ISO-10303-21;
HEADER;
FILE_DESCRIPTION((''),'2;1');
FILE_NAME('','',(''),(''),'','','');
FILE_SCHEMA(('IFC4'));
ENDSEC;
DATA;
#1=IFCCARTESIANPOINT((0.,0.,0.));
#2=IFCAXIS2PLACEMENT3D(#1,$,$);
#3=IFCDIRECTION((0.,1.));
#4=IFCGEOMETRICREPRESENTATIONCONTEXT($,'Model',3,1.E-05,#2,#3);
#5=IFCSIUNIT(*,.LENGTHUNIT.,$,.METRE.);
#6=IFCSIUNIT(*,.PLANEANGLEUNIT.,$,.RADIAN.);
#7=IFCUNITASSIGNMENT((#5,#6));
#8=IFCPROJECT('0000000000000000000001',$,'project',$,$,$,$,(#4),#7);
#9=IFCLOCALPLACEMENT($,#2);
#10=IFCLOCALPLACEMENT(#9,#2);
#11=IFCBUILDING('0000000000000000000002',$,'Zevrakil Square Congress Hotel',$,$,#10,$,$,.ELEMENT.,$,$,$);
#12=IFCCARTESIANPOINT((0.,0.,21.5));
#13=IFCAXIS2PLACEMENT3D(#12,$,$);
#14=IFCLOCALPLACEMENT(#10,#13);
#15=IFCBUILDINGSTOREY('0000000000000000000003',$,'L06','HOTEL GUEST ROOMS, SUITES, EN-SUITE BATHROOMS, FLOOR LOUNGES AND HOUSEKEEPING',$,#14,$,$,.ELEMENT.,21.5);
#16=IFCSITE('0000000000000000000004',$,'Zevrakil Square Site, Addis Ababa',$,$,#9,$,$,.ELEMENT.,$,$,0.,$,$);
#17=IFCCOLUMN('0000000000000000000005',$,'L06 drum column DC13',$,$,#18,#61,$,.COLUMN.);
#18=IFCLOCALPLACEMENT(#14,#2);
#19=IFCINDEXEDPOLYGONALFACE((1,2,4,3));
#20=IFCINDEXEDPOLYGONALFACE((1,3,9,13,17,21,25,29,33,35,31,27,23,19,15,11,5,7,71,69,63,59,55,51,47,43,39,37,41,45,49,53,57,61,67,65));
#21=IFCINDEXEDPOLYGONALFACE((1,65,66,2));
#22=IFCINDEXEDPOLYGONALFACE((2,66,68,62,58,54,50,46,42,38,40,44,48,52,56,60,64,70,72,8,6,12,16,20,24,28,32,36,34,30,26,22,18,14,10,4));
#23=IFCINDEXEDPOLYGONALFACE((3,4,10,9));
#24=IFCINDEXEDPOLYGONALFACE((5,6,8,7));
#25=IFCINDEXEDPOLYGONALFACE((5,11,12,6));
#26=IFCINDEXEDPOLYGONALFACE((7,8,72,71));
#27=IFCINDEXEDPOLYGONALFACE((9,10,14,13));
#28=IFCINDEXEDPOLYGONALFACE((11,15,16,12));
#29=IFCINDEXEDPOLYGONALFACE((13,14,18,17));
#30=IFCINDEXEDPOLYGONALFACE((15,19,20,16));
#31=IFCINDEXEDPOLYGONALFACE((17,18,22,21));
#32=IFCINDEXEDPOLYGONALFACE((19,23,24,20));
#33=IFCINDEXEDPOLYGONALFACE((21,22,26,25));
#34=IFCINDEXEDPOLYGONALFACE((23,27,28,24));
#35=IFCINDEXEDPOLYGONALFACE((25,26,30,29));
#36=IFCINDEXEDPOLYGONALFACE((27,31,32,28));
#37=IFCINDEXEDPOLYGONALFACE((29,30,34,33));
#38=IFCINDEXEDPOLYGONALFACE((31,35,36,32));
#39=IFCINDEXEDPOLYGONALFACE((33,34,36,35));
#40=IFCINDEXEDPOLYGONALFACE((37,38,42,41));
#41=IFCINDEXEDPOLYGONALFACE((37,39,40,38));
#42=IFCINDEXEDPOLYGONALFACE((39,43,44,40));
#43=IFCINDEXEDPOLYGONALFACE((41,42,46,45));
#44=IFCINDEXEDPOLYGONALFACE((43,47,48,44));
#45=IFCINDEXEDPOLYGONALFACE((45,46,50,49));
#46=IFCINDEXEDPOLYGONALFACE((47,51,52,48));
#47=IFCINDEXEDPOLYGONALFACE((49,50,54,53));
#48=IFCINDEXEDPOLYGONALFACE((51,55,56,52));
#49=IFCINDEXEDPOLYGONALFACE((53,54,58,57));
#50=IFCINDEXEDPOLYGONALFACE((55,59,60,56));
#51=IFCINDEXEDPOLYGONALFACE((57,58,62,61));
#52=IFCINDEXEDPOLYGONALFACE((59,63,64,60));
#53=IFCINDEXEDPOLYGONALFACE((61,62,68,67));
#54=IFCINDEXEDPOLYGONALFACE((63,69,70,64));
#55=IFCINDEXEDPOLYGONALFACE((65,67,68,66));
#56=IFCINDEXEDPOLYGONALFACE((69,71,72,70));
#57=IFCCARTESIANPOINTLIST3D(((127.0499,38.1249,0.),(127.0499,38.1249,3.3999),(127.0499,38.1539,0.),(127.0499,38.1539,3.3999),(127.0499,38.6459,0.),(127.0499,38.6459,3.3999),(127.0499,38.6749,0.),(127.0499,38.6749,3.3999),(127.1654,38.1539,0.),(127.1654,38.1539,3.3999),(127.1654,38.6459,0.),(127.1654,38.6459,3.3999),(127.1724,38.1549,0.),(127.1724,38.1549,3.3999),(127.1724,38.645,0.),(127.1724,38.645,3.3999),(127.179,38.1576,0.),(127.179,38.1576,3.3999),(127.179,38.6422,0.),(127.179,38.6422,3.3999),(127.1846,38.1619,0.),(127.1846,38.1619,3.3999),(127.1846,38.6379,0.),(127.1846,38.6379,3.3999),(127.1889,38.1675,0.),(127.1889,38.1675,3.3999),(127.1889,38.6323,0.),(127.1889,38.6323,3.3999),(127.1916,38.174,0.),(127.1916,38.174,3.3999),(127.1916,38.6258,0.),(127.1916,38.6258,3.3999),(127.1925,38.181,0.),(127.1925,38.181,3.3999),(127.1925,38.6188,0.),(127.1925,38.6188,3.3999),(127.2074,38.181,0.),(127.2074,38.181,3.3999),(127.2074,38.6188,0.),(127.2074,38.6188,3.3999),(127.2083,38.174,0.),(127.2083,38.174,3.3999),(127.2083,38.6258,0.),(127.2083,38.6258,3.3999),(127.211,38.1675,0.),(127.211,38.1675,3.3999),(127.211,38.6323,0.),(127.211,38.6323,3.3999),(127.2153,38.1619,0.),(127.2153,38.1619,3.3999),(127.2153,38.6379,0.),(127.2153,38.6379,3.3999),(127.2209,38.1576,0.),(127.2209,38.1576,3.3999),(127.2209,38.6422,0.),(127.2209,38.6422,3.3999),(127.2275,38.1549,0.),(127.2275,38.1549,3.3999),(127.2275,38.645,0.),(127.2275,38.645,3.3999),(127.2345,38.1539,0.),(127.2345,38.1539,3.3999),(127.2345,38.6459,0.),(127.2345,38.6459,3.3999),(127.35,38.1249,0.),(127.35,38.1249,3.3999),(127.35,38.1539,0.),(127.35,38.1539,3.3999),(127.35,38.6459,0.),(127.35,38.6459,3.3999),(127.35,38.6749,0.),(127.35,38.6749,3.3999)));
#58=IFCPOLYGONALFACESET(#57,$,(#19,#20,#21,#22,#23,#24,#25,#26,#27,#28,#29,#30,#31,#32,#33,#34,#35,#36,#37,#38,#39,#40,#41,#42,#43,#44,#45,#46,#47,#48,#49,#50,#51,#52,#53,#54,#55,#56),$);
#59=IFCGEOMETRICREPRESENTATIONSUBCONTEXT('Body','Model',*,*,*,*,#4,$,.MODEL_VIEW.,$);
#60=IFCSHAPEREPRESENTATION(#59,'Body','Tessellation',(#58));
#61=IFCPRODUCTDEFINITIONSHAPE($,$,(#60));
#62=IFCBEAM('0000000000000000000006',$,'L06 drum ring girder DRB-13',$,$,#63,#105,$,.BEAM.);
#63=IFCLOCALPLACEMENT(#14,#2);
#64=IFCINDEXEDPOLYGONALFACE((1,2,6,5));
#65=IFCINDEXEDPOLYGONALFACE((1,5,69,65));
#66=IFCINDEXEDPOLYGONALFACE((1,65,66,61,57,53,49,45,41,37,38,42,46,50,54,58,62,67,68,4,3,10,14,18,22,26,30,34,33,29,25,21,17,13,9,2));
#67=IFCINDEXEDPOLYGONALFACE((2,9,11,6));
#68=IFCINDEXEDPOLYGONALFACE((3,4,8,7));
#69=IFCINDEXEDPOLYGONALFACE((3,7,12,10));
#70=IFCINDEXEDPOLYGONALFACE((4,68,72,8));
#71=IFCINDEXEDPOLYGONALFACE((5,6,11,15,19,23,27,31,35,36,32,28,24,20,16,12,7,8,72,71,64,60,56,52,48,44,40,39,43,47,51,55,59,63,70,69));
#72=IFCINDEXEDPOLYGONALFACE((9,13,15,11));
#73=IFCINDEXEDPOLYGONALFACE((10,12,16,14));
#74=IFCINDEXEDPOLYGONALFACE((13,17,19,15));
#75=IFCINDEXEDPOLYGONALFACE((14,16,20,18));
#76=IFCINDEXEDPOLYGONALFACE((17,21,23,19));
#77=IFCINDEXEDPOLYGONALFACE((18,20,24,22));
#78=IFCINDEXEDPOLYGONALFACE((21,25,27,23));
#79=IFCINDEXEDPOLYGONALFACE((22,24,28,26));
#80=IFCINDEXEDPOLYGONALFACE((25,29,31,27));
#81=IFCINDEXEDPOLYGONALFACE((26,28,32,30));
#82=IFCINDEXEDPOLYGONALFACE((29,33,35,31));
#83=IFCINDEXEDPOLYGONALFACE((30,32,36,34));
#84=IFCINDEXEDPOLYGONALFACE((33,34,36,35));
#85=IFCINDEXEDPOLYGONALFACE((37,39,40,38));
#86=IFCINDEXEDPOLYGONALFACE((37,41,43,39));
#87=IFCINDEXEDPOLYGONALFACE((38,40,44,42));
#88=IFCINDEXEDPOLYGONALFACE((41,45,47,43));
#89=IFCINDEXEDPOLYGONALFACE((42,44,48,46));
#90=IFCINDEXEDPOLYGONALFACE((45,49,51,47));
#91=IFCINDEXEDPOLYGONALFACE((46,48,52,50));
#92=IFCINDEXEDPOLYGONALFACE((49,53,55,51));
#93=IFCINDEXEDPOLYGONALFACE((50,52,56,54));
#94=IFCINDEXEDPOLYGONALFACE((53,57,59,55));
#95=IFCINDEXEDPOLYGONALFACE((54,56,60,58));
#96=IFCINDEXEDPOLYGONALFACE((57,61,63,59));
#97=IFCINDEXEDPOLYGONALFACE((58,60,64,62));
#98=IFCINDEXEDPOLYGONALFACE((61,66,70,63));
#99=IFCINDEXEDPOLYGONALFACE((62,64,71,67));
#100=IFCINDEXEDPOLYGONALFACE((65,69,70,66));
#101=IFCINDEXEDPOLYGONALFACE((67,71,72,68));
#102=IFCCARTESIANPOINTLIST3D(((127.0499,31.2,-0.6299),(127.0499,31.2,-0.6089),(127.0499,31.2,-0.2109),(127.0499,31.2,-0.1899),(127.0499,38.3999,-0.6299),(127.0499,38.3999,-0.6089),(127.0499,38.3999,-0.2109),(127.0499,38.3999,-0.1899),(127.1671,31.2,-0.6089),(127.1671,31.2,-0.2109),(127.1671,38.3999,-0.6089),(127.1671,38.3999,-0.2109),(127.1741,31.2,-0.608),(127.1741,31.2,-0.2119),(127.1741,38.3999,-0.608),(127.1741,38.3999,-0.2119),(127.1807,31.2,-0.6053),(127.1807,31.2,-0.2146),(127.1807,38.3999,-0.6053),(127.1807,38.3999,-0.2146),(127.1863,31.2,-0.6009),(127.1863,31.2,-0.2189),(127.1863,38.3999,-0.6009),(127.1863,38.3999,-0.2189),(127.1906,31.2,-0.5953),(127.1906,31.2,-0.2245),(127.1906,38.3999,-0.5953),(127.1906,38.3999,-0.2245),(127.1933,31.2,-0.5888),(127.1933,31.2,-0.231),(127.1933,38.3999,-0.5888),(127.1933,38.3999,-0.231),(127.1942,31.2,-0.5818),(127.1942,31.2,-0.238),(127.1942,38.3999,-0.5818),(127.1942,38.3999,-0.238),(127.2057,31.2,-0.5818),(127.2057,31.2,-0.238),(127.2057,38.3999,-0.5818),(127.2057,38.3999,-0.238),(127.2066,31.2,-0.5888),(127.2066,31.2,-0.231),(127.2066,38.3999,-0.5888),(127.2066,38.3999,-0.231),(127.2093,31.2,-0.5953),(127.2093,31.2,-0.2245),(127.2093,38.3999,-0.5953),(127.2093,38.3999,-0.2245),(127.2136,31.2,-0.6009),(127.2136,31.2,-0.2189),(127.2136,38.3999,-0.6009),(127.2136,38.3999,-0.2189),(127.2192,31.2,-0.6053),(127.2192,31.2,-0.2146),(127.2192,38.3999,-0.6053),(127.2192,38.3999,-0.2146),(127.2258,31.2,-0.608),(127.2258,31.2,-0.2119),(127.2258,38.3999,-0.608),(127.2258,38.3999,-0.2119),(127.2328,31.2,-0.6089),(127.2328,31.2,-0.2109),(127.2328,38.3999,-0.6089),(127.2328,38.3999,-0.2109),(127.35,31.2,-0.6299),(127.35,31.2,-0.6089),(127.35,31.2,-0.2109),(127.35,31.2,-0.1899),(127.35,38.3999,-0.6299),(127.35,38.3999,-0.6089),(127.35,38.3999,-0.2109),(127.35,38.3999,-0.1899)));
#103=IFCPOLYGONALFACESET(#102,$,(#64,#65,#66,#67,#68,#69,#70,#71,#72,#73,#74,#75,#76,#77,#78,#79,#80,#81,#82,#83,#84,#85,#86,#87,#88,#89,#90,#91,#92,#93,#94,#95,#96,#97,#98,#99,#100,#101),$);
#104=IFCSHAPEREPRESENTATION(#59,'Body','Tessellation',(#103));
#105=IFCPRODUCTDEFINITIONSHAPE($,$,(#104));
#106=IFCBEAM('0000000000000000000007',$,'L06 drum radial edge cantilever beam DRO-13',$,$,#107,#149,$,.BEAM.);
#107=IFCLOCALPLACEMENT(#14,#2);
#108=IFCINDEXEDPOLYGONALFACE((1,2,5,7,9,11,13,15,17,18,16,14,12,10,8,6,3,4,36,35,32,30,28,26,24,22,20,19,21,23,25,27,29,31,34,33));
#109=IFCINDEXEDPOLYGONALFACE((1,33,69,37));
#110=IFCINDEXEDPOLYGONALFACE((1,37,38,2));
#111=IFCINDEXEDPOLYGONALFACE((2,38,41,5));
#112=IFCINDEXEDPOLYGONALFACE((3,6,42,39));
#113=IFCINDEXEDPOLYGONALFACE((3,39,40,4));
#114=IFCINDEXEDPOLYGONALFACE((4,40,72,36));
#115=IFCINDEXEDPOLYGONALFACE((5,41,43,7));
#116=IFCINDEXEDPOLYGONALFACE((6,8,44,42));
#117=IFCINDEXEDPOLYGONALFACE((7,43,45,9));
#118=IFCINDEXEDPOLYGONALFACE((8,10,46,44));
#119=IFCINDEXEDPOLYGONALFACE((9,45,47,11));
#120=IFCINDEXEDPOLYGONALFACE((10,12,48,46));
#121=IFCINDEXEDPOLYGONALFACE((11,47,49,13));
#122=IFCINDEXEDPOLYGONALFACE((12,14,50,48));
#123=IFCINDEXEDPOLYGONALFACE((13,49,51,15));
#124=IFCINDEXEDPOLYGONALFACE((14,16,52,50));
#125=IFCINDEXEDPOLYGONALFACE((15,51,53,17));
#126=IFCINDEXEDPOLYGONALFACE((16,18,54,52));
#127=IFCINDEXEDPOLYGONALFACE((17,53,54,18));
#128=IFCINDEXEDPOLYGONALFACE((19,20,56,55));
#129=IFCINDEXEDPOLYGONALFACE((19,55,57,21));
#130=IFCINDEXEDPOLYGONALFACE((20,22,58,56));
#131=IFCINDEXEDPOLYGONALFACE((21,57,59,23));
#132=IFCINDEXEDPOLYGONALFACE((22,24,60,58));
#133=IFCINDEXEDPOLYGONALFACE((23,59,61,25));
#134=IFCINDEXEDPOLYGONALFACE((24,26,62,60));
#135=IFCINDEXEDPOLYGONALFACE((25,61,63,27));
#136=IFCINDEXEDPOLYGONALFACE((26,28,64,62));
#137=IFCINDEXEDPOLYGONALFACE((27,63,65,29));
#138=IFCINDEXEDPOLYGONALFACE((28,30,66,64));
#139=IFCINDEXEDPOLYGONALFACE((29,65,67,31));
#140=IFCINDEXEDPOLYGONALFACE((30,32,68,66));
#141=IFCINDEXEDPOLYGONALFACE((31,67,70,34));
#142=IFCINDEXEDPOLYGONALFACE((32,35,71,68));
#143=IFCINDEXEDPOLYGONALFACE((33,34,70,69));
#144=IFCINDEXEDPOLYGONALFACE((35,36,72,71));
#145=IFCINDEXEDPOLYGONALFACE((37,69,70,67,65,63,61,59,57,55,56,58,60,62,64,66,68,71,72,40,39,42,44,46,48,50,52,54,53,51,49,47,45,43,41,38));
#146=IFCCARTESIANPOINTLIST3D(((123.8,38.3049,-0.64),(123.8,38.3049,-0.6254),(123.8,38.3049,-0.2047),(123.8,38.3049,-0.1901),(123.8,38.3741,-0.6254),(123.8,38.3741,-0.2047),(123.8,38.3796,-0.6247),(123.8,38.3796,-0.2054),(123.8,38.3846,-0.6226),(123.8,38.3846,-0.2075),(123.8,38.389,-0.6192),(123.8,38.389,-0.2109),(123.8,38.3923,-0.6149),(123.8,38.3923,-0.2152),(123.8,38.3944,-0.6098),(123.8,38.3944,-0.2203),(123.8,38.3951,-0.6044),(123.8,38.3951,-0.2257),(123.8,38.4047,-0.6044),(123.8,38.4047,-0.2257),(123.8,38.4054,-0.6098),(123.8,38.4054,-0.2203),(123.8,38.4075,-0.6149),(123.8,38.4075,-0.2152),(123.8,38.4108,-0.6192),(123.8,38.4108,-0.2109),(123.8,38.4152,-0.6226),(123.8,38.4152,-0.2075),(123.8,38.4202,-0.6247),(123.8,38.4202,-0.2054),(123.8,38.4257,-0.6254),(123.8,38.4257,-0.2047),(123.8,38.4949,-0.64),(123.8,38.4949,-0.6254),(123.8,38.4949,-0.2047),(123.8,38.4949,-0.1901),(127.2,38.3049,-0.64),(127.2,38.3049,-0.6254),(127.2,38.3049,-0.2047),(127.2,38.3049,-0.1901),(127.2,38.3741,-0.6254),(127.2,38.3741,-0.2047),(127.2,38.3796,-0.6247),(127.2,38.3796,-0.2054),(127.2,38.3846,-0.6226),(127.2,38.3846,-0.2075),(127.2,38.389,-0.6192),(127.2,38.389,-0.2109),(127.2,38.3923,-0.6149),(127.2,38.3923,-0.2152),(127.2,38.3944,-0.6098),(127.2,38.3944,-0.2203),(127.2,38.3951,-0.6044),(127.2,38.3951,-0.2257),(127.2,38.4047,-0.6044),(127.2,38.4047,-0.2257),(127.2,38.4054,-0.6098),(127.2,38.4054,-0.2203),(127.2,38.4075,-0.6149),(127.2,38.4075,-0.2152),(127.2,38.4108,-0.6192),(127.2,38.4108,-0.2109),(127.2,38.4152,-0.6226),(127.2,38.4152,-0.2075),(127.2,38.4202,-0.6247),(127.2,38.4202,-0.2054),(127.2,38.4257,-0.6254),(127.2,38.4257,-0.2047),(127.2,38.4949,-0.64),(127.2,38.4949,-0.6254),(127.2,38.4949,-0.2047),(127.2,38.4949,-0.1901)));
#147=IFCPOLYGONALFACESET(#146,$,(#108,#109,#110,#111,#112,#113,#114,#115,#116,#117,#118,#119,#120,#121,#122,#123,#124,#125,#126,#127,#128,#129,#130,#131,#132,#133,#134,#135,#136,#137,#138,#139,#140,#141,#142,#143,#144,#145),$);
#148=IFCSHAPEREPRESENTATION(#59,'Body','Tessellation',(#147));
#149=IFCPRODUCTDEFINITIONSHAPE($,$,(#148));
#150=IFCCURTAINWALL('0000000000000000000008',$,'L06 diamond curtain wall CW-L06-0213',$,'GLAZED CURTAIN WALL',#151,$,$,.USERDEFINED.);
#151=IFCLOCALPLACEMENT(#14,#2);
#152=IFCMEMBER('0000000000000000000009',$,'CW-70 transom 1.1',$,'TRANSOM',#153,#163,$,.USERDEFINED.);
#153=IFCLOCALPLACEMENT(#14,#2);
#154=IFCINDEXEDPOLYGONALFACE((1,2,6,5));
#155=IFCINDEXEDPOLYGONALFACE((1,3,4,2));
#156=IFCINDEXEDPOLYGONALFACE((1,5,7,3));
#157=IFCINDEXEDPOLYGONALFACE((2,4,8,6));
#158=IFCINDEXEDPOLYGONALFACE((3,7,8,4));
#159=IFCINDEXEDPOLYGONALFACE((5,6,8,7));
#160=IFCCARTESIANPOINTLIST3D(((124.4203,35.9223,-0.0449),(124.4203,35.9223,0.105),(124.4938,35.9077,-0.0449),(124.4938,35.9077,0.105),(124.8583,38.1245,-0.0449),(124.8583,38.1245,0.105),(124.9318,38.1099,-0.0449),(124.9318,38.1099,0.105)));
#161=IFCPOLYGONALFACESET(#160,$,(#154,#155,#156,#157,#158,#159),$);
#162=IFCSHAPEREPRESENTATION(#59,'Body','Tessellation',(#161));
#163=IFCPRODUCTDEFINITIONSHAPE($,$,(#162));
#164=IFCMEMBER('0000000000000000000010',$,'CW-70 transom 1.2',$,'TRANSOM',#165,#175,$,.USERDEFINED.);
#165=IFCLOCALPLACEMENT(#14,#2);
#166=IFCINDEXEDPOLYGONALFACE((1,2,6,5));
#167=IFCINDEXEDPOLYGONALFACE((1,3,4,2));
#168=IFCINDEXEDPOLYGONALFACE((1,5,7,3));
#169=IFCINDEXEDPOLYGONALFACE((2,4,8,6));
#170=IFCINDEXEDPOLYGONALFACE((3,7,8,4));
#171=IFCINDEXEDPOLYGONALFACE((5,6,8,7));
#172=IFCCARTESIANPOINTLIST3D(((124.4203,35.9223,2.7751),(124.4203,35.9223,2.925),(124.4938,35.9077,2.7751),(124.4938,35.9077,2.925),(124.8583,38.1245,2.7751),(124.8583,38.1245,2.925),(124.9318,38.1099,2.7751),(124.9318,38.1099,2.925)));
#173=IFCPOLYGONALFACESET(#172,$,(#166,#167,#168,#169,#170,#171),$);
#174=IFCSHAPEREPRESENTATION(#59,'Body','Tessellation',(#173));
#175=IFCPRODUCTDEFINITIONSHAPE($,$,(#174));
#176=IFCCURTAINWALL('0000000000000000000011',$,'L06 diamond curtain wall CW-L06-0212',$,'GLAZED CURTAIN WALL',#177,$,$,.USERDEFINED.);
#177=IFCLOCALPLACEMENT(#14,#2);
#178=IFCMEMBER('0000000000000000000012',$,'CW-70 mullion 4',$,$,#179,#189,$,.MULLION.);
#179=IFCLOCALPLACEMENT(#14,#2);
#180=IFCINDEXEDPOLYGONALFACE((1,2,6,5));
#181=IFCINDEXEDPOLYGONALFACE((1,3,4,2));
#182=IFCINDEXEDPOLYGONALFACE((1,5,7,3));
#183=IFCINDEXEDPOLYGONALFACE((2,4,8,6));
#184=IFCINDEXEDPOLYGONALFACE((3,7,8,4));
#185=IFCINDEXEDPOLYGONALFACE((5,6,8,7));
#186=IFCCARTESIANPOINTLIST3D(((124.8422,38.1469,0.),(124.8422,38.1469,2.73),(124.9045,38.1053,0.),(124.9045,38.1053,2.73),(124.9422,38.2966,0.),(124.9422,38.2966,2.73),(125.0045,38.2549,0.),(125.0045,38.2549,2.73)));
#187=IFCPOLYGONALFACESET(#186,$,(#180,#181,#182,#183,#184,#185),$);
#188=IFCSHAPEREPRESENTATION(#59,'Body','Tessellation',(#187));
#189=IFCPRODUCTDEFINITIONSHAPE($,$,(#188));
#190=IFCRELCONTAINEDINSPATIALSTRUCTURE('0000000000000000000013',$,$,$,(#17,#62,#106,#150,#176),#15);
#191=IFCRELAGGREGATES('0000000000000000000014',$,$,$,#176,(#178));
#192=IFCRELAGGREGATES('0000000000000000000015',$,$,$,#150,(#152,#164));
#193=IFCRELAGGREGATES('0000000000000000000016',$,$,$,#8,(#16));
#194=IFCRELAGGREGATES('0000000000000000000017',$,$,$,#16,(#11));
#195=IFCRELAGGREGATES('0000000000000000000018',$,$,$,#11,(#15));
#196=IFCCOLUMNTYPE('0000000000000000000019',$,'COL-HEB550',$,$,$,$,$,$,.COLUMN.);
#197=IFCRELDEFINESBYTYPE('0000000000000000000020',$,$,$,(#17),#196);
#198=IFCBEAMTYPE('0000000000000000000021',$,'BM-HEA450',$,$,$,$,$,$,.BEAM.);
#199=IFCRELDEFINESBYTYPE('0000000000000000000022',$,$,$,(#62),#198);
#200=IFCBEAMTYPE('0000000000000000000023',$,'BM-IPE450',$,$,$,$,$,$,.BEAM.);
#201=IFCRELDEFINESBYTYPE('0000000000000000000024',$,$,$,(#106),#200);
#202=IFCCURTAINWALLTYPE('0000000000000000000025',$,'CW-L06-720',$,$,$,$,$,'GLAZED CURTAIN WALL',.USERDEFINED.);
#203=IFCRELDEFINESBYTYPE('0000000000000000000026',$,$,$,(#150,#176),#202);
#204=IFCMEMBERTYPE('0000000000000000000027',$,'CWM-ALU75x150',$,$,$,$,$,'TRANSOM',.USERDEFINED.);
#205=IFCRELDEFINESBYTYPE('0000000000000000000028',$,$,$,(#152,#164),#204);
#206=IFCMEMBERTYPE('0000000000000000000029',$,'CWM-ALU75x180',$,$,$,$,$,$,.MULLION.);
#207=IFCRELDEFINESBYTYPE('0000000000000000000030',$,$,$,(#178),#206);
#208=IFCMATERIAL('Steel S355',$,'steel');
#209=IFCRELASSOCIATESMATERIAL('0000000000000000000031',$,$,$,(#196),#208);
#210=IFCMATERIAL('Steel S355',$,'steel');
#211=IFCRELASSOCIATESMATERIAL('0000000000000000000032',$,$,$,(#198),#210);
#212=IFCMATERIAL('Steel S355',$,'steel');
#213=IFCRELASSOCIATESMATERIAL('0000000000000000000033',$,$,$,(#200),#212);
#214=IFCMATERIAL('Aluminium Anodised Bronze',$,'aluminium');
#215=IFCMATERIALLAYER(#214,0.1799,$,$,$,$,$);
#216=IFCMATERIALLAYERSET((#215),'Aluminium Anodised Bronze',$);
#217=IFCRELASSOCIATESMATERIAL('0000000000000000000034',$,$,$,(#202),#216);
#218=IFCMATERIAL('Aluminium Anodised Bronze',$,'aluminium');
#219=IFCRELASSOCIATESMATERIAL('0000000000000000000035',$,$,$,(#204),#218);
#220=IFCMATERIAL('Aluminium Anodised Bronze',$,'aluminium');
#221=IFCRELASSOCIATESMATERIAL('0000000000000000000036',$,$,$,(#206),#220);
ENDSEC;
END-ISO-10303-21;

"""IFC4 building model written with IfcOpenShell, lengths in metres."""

from ifc_helpers import new_model, si_unit, direction, frame, origin, origin_2d, place, context, subcontext, project, spatial, rectangle, i_section, extrude, material, layer, layer_set, material_profile, profile_set, type_object, element, aggregate, save


model = new_model("IFC4")

# Units and contexts
model_context = context("Model", 3, precision=1e-05, world=origin(), true_north=direction((0.0, 1.0)))
body_context = subcontext(model_context, "Body", "Model", "MODEL_VIEW")
ifc_project = project(units=[si_unit("LENGTHUNIT", "METRE"), si_unit("PLANEANGLEUNIT", "RADIAN")], contexts=[model_context])

# Site, building, storey
site_placement = place(None, origin())
site = spatial("IfcSite", under=ifc_project, at=site_placement, Name="Zevrakil Square Site, Addis Ababa", CompositionType="ELEMENT", RefElevation=0.0)
building_placement = place(site_placement, origin())
building = spatial("IfcBuilding", under=site, at=building_placement, Name="Zevrakil Square Congress Hotel", CompositionType="ELEMENT")
storey_placement = place(building_placement, frame((0.0, 0.0, 21.5)))
storey = spatial("IfcBuildingStorey", under=building, at=storey_placement, Name="L06", Description="HOTEL GUEST ROOMS, SUITES, EN-SUITE BATHROOMS, FLOOR LOUNGES AND HOUSEKEEPING", CompositionType="ELEMENT", Elevation=21.5)

# Column
ifc_material_1 = material(Name="Steel S355", Category="steel")
ifc_material_profile_1 = material_profile(ifc_material_1, i_section(OverallWidth=0.3, OverallDepth=0.55, WebThickness=0.0149, FlangeThickness=0.0291, FilletRadius=0.0271, at=origin_2d()), Name="HEB 550")
ifc_profile_set_1 = profile_set([ifc_material_profile_1], Name="Steel S355")
column_type = type_object("IfcColumnType", Name="COL-HEB550", PredefinedType="COLUMN", material=ifc_profile_set_1)
column_placement = place(storey_placement, frame((127.2, 38.3999, 0.0), z_axis=(0.0, 0.0, 1.0), x_axis=(1.0, 0.0, 0.0)))
element("IfcColumn", 1, at=column_placement, inside=storey, type_object=column_type, Name="L06 drum column DC13", PredefinedType="COLUMN", context=body_context, shape_type="SweptSolid", body=[
    extrude(i_section(OverallWidth=0.3, OverallDepth=0.55, WebThickness=0.0149, FlangeThickness=0.0291, FilletRadius=0.0271, at=origin_2d()), origin(), (0.0, 0.0, 1.0), 3.3999),
])

# Beams
ifc_material_2 = material(Name="Steel S355", Category="steel")
ifc_material_profile_2 = material_profile(ifc_material_2, i_section(OverallWidth=0.3, OverallDepth=0.4399, WebThickness=0.0115, FlangeThickness=0.021, FilletRadius=0.0271, at=origin_2d()), Name="HEA 450")
ifc_profile_set_2 = profile_set([ifc_material_profile_2], Name="Steel S355")
beam_type_1 = type_object("IfcBeamType", Name="BM-HEA450", PredefinedType="BEAM", material=ifc_profile_set_2)
beam_1_placement = place(storey_placement, frame((127.2, 38.3999, -0.4099), z_axis=(0.0, -1.0, 0.0), x_axis=(1.0, 0.0, 0.0)))
element("IfcBeam", 2, at=beam_1_placement, inside=storey, type_object=beam_type_1, Name="L06 drum ring girder DRB-13", PredefinedType="BEAM", context=body_context, shape_type="SweptSolid", body=[
    extrude(i_section(OverallWidth=0.3, OverallDepth=0.4399, WebThickness=0.0115, FlangeThickness=0.021, FilletRadius=0.0271, at=origin_2d()), origin(), (0.0, 0.0, 1.0), 7.2),
])
ifc_material_3 = material(Name="Steel S355", Category="steel")
ifc_material_profile_3 = material_profile(ifc_material_3, i_section(OverallWidth=0.1899, OverallDepth=0.45, WebThickness=0.0095, FlangeThickness=0.0146, FilletRadius=0.021, at=origin_2d()), Name="IPE 450")
ifc_profile_set_3 = profile_set([ifc_material_profile_3], Name="Steel S355")
beam_type_2 = type_object("IfcBeamType", Name="BM-IPE450", PredefinedType="BEAM", material=ifc_profile_set_3)
beam_2_placement = place(storey_placement, frame((127.2, 38.3999, -0.415), z_axis=(-1.0, 0.0, 0.0), x_axis=(0.0, -1.0, 0.0)))
element("IfcBeam", 3, at=beam_2_placement, inside=storey, type_object=beam_type_2, Name="L06 drum radial edge cantilever beam DRO-13", PredefinedType="BEAM", context=body_context, shape_type="SweptSolid", body=[
    extrude(i_section(OverallWidth=0.1899, OverallDepth=0.45, WebThickness=0.0095, FlangeThickness=0.0146, FilletRadius=0.021, at=origin_2d()), origin(), (0.0, 0.0, 1.0), 3.3999),
])

# Curtain wall, members
ifc_material_4 = material(Name="Aluminium Anodised Bronze", Category="aluminium")
ifc_layer_1 = layer(ifc_material_4, 0.1799)
ifc_layer_set_1 = layer_set([ifc_layer_1], Name="Aluminium Anodised Bronze")
curtain_wall_type = type_object("IfcCurtainWallType", Name="CW-L06-720", ElementType="GLAZED CURTAIN WALL", PredefinedType="USERDEFINED", material=ifc_layer_set_1)
curtain_wall_1_placement = place(storey_placement, origin())
curtain_wall_1 = element("IfcCurtainWall", 4, at=curtain_wall_1_placement, inside=storey, type_object=curtain_wall_type, Name="L06 diamond curtain wall CW-L06-0213", ObjectType="GLAZED CURTAIN WALL", PredefinedType="USERDEFINED")
ifc_material_5 = material(Name="Aluminium Anodised Bronze", Category="aluminium")
ifc_material_profile_4 = material_profile(ifc_material_5, rectangle(XDim=0.075, YDim=0.1499, at=origin_2d()), Name="ALU 75x150")
ifc_profile_set_4 = profile_set([ifc_material_profile_4], Name="Aluminium Anodised Bronze")
member_type_1 = type_object("IfcMemberType", Name="CWM-ALU75x150", ElementType="TRANSOM", PredefinedType="USERDEFINED", material=ifc_profile_set_4)
member_1_placement = place(storey_placement, frame((124.895, 38.1172, 0.03), z_axis=(-0.19507, -0.980789, 0.0), x_axis=(0.980789, -0.19507, 0.0)))
member_1 = element("IfcMember", 5, at=member_1_placement, type_object=member_type_1, Name="CW-70 transom 1.1", ObjectType="TRANSOM", PredefinedType="USERDEFINED", context=body_context, shape_type="SweptSolid", body=[
    extrude(rectangle(XDim=0.075, YDim=0.1499, at=origin_2d()), origin(), (0.0, 0.0, 1.0), 2.2454),
])
member_2_placement = place(storey_placement, frame((124.895, 38.1172, 2.8501), z_axis=(-0.19507, -0.980789, 0.0), x_axis=(0.980789, -0.19507, 0.0)))
member_2 = element("IfcMember", 6, at=member_2_placement, type_object=member_type_1, Name="CW-70 transom 1.2", ObjectType="TRANSOM", PredefinedType="USERDEFINED", context=body_context, shape_type="SweptSolid", body=[
    extrude(rectangle(XDim=0.075, YDim=0.1499, at=origin_2d()), origin(), (0.0, 0.0, 1.0), 2.2454),
])

# Curtain wall, member
curtain_wall_2_placement = place(storey_placement, origin())
curtain_wall_2 = element("IfcCurtainWall", 7, at=curtain_wall_2_placement, inside=storey, type_object=curtain_wall_type, Name="L06 diamond curtain wall CW-L06-0212", ObjectType="GLAZED CURTAIN WALL", PredefinedType="USERDEFINED")
ifc_material_6 = material(Name="Aluminium Anodised Bronze", Category="aluminium")
ifc_material_profile_5 = material_profile(ifc_material_6, rectangle(XDim=0.075, YDim=0.1799, at=origin_2d()), Name="ALU 75x180")
ifc_profile_set_5 = profile_set([ifc_material_profile_5], Name="Aluminium Anodised Bronze")
member_type_2 = type_object("IfcMemberType", Name="CWM-ALU75x180", PredefinedType="MULLION", material=ifc_profile_set_5)
member_3_placement = place(storey_placement, frame((124.9233, 38.2009, 0.0), z_axis=(0.0, 0.0, 1.0), x_axis=(0.831466, -0.555576, 0.0)))
member_3 = element("IfcMember", 8, at=member_3_placement, type_object=member_type_2, Name="CW-70 mullion 4", PredefinedType="MULLION", context=body_context, shape_type="SweptSolid", body=[
    extrude(rectangle(XDim=0.075, YDim=0.1799, at=origin_2d()), origin(), (0.0, 0.0, 1.0), 2.73),
])
aggregate(curtain_wall_2, [member_3])

aggregate(curtain_wall_1, [member_1, member_2])

save(model, "model.ifc")
